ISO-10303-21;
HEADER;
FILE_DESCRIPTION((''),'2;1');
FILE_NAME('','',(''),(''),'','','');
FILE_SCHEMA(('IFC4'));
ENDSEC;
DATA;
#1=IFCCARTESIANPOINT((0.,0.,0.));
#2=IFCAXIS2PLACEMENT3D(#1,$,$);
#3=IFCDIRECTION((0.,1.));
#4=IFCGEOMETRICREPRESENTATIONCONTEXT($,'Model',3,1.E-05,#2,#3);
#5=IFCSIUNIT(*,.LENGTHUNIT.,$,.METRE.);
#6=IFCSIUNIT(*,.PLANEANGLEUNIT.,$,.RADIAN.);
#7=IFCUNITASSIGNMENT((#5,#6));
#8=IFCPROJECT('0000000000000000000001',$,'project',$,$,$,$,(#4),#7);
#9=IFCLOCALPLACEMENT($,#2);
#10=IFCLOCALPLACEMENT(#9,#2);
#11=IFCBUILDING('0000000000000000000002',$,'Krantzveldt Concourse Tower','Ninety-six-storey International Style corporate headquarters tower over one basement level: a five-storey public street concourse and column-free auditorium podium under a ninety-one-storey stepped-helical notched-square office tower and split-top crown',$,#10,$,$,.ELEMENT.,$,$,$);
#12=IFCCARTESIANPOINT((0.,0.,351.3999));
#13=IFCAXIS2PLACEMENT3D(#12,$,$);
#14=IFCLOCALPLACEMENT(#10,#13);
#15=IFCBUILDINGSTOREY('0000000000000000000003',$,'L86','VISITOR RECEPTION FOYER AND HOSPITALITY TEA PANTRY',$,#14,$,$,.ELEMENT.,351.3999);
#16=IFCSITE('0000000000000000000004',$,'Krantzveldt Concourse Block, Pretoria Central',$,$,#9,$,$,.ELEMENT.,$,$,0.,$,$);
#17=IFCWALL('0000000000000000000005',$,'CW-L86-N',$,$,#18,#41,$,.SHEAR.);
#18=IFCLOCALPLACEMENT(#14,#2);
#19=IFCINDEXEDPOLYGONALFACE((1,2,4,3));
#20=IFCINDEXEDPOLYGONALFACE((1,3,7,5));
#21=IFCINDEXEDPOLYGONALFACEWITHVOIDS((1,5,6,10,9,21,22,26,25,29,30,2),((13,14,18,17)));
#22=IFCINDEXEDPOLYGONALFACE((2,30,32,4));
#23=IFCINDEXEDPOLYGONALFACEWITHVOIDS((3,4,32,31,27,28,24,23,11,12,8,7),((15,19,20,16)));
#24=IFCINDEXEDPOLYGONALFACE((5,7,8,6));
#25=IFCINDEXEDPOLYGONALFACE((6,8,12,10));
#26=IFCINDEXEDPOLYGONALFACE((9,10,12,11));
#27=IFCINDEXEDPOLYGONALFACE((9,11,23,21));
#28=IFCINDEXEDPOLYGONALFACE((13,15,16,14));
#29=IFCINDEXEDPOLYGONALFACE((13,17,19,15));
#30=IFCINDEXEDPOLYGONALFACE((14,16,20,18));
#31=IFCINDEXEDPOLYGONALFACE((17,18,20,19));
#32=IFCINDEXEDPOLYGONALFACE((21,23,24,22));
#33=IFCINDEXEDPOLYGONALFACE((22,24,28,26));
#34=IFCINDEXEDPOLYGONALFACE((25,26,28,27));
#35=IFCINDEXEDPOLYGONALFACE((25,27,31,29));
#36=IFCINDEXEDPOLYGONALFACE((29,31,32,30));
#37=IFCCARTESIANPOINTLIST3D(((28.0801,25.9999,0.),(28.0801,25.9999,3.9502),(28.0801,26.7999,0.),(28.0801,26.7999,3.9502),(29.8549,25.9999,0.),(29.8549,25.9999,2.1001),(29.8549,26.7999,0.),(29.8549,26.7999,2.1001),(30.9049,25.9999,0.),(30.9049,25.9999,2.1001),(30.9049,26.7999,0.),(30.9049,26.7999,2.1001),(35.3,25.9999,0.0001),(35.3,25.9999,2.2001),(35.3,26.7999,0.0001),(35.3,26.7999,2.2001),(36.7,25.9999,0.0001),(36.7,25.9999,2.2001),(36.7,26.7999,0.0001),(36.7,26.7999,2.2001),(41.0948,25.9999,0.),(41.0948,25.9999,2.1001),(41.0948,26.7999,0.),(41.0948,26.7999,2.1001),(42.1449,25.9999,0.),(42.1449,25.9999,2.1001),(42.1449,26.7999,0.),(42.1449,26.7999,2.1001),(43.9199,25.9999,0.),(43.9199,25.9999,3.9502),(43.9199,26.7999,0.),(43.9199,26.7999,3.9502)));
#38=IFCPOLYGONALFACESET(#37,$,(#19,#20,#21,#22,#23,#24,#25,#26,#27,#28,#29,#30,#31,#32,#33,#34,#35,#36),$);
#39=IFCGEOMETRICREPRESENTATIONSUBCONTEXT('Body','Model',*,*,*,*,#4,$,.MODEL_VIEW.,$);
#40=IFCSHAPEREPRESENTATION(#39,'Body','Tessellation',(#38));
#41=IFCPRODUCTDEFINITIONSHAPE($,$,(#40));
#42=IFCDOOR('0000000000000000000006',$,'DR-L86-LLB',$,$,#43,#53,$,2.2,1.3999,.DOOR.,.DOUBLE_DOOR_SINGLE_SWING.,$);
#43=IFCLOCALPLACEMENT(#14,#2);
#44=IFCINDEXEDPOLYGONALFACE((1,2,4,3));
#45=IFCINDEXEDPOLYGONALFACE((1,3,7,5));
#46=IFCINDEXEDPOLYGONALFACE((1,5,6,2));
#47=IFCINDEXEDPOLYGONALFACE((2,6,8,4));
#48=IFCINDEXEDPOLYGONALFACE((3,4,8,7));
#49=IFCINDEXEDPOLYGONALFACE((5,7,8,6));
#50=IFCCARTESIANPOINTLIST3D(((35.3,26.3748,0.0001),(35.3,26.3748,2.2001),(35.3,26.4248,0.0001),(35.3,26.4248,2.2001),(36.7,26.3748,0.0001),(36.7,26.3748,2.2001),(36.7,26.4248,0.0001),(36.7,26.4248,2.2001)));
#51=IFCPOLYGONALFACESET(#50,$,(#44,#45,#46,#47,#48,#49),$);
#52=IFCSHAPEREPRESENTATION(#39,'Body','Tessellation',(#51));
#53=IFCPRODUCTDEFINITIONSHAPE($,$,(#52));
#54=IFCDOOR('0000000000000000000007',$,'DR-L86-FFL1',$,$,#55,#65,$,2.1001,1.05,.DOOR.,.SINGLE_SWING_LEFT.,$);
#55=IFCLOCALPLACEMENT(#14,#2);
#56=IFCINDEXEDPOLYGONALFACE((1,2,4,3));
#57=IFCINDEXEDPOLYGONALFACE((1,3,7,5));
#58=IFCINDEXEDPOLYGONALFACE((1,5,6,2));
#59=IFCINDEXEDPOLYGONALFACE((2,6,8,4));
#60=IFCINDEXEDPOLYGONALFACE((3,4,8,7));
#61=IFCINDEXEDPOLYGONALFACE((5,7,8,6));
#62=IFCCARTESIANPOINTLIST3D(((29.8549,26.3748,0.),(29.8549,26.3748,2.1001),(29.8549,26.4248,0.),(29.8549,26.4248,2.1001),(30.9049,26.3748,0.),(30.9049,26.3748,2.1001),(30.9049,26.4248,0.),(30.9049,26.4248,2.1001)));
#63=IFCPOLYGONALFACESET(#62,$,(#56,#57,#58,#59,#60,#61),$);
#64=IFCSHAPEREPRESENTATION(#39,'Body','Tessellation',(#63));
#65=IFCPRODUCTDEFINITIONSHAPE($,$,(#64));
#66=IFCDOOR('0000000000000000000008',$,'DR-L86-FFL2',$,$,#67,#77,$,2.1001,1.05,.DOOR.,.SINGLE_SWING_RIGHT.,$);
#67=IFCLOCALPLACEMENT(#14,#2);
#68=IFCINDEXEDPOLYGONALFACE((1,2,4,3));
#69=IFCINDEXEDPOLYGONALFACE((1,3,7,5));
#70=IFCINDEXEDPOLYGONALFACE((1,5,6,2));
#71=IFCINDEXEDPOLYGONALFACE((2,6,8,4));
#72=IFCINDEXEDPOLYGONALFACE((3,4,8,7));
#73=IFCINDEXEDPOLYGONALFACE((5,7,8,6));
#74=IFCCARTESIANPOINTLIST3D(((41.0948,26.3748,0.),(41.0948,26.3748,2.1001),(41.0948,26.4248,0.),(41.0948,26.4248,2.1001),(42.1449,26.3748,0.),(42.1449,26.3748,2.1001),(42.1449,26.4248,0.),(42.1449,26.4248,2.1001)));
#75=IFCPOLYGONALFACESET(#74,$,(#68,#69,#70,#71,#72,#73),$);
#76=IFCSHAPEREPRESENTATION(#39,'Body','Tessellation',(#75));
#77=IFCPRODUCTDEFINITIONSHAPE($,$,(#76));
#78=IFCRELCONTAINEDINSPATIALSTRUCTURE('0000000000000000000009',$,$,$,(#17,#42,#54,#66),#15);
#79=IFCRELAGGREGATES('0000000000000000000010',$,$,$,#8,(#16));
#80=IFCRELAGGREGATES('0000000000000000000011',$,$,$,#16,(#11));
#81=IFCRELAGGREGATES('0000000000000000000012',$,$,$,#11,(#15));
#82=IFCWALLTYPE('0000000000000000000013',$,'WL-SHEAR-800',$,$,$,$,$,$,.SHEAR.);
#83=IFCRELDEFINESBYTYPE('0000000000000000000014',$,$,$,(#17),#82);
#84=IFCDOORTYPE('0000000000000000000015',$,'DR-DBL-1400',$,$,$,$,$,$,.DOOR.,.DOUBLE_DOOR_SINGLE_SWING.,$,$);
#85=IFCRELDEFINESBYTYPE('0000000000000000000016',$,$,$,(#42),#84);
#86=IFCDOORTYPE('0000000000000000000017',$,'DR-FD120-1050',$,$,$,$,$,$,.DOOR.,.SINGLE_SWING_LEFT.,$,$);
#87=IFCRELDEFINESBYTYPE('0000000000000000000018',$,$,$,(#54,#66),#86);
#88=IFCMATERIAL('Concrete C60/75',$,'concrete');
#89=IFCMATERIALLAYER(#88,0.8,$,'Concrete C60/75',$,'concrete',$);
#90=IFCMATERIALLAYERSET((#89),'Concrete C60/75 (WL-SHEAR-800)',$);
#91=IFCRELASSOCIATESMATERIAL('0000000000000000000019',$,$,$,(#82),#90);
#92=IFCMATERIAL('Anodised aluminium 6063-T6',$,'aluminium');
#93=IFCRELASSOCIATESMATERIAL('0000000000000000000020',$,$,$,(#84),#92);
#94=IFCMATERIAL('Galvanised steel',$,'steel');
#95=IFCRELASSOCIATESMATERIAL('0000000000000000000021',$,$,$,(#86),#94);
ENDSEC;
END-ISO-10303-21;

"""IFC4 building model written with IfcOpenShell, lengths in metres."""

from ifc_helpers import new_model, si_unit, direction, frame, frame_2d, origin, place, context, subcontext, project, spatial, rectangle, extrude, material, layer, layer_set, type_object, element, fill, save


model = new_model("IFC4")

# Units and contexts
model_context = context("Model", 3, precision=1e-05, world=origin(), true_north=direction((0.0, 1.0)))
body_context = subcontext(model_context, "Body", "Model", "MODEL_VIEW")
ifc_project = project(units=[si_unit("LENGTHUNIT", "METRE"), si_unit("PLANEANGLEUNIT", "RADIAN")], contexts=[model_context])

# Site, building, storey
site_placement = place(None, origin())
site = spatial("IfcSite", under=ifc_project, at=site_placement, Name="Krantzveldt Concourse Block, Pretoria Central", CompositionType="ELEMENT", RefElevation=0.0)
building_placement = place(site_placement, origin())
building = spatial("IfcBuilding", under=site, at=building_placement, Name="Krantzveldt Concourse Tower", Description="Ninety-six-storey International Style corporate headquarters tower over one basement level: a five-storey public street concourse and column-free auditorium podium under a ninety-one-storey stepped-helical notched-square office tower and split-top crown", CompositionType="ELEMENT")
storey_placement = place(building_placement, frame((0.0, 0.0, 351.3999)))
storey = spatial("IfcBuildingStorey", under=building, at=storey_placement, Name="L86", Description="VISITOR RECEPTION FOYER AND HOSPITALITY TEA PANTRY", CompositionType="ELEMENT", Elevation=351.3999)

# Shared definitions
ifc_material_1 = material(Name="Anodised aluminium 6063-T6", Category="aluminium")

# Wall, openings, doors
ifc_material_2 = material(Name="Concrete C60/75", Category="concrete")
ifc_layer_1 = layer(ifc_material_2, 0.8, Name="Concrete C60/75", Category="concrete")
ifc_layer_set_1 = layer_set([ifc_layer_1], Name="Concrete C60/75 (WL-SHEAR-800)")
wall_type_1 = type_object("IfcWallType", Name="WL-SHEAR-800", PredefinedType="SHEAR", material=ifc_layer_set_1)
wall_1_placement = place(storey_placement, frame((28.0801, 26.3999, 0.0), z_axis=(0.0, 0.0, 1.0), x_axis=(1.0, 0.0, 0.0)))
wall_1 = element("IfcWall", 1, at=wall_1_placement, inside=storey, type_object=wall_type_1, Name="CW-L86-N", PredefinedType="SHEAR", context=body_context, shape_type="SweptSolid", body=[
    extrude(rectangle(XDim=15.8398, YDim=0.8, at=frame_2d((7.9199, 0.0))), origin(), (0.0, 0.0, 1.0), 3.9502),
])
opening_1_placement = place(wall_1_placement, frame((7.22, 0.0, 0.0)))
opening_1 = element("IfcOpeningElement", 2, at=opening_1_placement, cuts=wall_1, PredefinedType="OPENING", context=body_context, shape_type="SweptSolid", body=[
    extrude(rectangle(XDim=1.3999, YDim=2.2, at=frame_2d((0.7, 1.1001))), frame((0.0, 0.4102, 0.0), z_axis=(0.0, -1.0, 0.0), x_axis=(1.0, 0.0, 0.0)), (0.0, 0.0, 1.0), 0.8201),
])
opening_2_placement = place(wall_1_placement, frame((1.7749, 0.0, 0.0)))
opening_2 = element("IfcOpeningElement", 3, at=opening_2_placement, cuts=wall_1, PredefinedType="OPENING", context=body_context, shape_type="SweptSolid", body=[
    extrude(rectangle(XDim=1.05, YDim=2.1001, at=frame_2d((0.5249, 1.05))), frame((0.0, 0.4102, 0.0), z_axis=(0.0, -1.0, 0.0), x_axis=(1.0, 0.0, 0.0)), (0.0, 0.0, 1.0), 0.8201),
])
opening_3_placement = place(wall_1_placement, frame((13.0149, 0.0, 0.0)))
opening_3 = element("IfcOpeningElement", 4, at=opening_3_placement, cuts=wall_1, PredefinedType="OPENING", context=body_context, shape_type="SweptSolid", body=[
    extrude(rectangle(XDim=1.05, YDim=2.1001, at=frame_2d((0.5249, 1.05))), frame((0.0, 0.4102, 0.0), z_axis=(0.0, -1.0, 0.0), x_axis=(1.0, 0.0, 0.0)), (0.0, 0.0, 1.0), 0.8201),
])
door_type_1 = type_object("IfcDoorType", Name="DR-DBL-1400", OperationType="DOUBLE_DOOR_SINGLE_SWING", PredefinedType="DOOR", material=ifc_material_1)
door_1_placement = place(opening_1_placement, origin())
door_1 = element("IfcDoor", 5, at=door_1_placement, inside=storey, type_object=door_type_1, Name="DR-L86-LLB", OperationType="DOUBLE_DOOR_SINGLE_SWING", OverallHeight=2.2, OverallWidth=1.3999, PredefinedType="DOOR", context=body_context, shape_type="SweptSolid", body=[
    extrude(rectangle(XDim=1.3999, YDim=2.2, at=frame_2d((0.7, 1.1001))), frame((0.0, 0.0249, 0.0), z_axis=(0.0, -1.0, 0.0), x_axis=(1.0, 0.0, 0.0)), (0.0, 0.0, 1.0), 0.05),
])
fill(opening_1, door_1)
ifc_material_3 = material(Name="Galvanised steel", Category="steel")
door_type_2 = type_object("IfcDoorType", Name="DR-FD120-1050", OperationType="SINGLE_SWING_LEFT", PredefinedType="DOOR", material=ifc_material_3)
door_2_placement = place(opening_2_placement, origin())
door_2 = element("IfcDoor", 6, at=door_2_placement, inside=storey, type_object=door_type_2, Name="DR-L86-FFL1", OperationType="SINGLE_SWING_LEFT", OverallHeight=2.1001, OverallWidth=1.05, PredefinedType="DOOR", context=body_context, shape_type="SweptSolid", body=[
    extrude(rectangle(XDim=1.05, YDim=2.1001, at=frame_2d((0.5249, 1.05))), frame((0.0, 0.0249, 0.0), z_axis=(0.0, -1.0, 0.0), x_axis=(1.0, 0.0, 0.0)), (0.0, 0.0, 1.0), 0.05),
])
fill(opening_2, door_2)
door_3_placement = place(opening_3_placement, origin())
door_3 = element("IfcDoor", 7, at=door_3_placement, inside=storey, type_object=door_type_2, Name="DR-L86-FFL2", OperationType="SINGLE_SWING_RIGHT", OverallHeight=2.1001, OverallWidth=1.05, PredefinedType="DOOR", context=body_context, shape_type="SweptSolid", body=[
    extrude(rectangle(XDim=1.05, YDim=2.1001, at=frame_2d((0.5249, 1.05))), frame((0.0, 0.0249, 0.0), z_axis=(0.0, -1.0, 0.0), x_axis=(1.0, 0.0, 0.0)), (0.0, 0.0, 1.0), 0.05),
])
fill(opening_3, door_3)

save(model, "model.ifc")
